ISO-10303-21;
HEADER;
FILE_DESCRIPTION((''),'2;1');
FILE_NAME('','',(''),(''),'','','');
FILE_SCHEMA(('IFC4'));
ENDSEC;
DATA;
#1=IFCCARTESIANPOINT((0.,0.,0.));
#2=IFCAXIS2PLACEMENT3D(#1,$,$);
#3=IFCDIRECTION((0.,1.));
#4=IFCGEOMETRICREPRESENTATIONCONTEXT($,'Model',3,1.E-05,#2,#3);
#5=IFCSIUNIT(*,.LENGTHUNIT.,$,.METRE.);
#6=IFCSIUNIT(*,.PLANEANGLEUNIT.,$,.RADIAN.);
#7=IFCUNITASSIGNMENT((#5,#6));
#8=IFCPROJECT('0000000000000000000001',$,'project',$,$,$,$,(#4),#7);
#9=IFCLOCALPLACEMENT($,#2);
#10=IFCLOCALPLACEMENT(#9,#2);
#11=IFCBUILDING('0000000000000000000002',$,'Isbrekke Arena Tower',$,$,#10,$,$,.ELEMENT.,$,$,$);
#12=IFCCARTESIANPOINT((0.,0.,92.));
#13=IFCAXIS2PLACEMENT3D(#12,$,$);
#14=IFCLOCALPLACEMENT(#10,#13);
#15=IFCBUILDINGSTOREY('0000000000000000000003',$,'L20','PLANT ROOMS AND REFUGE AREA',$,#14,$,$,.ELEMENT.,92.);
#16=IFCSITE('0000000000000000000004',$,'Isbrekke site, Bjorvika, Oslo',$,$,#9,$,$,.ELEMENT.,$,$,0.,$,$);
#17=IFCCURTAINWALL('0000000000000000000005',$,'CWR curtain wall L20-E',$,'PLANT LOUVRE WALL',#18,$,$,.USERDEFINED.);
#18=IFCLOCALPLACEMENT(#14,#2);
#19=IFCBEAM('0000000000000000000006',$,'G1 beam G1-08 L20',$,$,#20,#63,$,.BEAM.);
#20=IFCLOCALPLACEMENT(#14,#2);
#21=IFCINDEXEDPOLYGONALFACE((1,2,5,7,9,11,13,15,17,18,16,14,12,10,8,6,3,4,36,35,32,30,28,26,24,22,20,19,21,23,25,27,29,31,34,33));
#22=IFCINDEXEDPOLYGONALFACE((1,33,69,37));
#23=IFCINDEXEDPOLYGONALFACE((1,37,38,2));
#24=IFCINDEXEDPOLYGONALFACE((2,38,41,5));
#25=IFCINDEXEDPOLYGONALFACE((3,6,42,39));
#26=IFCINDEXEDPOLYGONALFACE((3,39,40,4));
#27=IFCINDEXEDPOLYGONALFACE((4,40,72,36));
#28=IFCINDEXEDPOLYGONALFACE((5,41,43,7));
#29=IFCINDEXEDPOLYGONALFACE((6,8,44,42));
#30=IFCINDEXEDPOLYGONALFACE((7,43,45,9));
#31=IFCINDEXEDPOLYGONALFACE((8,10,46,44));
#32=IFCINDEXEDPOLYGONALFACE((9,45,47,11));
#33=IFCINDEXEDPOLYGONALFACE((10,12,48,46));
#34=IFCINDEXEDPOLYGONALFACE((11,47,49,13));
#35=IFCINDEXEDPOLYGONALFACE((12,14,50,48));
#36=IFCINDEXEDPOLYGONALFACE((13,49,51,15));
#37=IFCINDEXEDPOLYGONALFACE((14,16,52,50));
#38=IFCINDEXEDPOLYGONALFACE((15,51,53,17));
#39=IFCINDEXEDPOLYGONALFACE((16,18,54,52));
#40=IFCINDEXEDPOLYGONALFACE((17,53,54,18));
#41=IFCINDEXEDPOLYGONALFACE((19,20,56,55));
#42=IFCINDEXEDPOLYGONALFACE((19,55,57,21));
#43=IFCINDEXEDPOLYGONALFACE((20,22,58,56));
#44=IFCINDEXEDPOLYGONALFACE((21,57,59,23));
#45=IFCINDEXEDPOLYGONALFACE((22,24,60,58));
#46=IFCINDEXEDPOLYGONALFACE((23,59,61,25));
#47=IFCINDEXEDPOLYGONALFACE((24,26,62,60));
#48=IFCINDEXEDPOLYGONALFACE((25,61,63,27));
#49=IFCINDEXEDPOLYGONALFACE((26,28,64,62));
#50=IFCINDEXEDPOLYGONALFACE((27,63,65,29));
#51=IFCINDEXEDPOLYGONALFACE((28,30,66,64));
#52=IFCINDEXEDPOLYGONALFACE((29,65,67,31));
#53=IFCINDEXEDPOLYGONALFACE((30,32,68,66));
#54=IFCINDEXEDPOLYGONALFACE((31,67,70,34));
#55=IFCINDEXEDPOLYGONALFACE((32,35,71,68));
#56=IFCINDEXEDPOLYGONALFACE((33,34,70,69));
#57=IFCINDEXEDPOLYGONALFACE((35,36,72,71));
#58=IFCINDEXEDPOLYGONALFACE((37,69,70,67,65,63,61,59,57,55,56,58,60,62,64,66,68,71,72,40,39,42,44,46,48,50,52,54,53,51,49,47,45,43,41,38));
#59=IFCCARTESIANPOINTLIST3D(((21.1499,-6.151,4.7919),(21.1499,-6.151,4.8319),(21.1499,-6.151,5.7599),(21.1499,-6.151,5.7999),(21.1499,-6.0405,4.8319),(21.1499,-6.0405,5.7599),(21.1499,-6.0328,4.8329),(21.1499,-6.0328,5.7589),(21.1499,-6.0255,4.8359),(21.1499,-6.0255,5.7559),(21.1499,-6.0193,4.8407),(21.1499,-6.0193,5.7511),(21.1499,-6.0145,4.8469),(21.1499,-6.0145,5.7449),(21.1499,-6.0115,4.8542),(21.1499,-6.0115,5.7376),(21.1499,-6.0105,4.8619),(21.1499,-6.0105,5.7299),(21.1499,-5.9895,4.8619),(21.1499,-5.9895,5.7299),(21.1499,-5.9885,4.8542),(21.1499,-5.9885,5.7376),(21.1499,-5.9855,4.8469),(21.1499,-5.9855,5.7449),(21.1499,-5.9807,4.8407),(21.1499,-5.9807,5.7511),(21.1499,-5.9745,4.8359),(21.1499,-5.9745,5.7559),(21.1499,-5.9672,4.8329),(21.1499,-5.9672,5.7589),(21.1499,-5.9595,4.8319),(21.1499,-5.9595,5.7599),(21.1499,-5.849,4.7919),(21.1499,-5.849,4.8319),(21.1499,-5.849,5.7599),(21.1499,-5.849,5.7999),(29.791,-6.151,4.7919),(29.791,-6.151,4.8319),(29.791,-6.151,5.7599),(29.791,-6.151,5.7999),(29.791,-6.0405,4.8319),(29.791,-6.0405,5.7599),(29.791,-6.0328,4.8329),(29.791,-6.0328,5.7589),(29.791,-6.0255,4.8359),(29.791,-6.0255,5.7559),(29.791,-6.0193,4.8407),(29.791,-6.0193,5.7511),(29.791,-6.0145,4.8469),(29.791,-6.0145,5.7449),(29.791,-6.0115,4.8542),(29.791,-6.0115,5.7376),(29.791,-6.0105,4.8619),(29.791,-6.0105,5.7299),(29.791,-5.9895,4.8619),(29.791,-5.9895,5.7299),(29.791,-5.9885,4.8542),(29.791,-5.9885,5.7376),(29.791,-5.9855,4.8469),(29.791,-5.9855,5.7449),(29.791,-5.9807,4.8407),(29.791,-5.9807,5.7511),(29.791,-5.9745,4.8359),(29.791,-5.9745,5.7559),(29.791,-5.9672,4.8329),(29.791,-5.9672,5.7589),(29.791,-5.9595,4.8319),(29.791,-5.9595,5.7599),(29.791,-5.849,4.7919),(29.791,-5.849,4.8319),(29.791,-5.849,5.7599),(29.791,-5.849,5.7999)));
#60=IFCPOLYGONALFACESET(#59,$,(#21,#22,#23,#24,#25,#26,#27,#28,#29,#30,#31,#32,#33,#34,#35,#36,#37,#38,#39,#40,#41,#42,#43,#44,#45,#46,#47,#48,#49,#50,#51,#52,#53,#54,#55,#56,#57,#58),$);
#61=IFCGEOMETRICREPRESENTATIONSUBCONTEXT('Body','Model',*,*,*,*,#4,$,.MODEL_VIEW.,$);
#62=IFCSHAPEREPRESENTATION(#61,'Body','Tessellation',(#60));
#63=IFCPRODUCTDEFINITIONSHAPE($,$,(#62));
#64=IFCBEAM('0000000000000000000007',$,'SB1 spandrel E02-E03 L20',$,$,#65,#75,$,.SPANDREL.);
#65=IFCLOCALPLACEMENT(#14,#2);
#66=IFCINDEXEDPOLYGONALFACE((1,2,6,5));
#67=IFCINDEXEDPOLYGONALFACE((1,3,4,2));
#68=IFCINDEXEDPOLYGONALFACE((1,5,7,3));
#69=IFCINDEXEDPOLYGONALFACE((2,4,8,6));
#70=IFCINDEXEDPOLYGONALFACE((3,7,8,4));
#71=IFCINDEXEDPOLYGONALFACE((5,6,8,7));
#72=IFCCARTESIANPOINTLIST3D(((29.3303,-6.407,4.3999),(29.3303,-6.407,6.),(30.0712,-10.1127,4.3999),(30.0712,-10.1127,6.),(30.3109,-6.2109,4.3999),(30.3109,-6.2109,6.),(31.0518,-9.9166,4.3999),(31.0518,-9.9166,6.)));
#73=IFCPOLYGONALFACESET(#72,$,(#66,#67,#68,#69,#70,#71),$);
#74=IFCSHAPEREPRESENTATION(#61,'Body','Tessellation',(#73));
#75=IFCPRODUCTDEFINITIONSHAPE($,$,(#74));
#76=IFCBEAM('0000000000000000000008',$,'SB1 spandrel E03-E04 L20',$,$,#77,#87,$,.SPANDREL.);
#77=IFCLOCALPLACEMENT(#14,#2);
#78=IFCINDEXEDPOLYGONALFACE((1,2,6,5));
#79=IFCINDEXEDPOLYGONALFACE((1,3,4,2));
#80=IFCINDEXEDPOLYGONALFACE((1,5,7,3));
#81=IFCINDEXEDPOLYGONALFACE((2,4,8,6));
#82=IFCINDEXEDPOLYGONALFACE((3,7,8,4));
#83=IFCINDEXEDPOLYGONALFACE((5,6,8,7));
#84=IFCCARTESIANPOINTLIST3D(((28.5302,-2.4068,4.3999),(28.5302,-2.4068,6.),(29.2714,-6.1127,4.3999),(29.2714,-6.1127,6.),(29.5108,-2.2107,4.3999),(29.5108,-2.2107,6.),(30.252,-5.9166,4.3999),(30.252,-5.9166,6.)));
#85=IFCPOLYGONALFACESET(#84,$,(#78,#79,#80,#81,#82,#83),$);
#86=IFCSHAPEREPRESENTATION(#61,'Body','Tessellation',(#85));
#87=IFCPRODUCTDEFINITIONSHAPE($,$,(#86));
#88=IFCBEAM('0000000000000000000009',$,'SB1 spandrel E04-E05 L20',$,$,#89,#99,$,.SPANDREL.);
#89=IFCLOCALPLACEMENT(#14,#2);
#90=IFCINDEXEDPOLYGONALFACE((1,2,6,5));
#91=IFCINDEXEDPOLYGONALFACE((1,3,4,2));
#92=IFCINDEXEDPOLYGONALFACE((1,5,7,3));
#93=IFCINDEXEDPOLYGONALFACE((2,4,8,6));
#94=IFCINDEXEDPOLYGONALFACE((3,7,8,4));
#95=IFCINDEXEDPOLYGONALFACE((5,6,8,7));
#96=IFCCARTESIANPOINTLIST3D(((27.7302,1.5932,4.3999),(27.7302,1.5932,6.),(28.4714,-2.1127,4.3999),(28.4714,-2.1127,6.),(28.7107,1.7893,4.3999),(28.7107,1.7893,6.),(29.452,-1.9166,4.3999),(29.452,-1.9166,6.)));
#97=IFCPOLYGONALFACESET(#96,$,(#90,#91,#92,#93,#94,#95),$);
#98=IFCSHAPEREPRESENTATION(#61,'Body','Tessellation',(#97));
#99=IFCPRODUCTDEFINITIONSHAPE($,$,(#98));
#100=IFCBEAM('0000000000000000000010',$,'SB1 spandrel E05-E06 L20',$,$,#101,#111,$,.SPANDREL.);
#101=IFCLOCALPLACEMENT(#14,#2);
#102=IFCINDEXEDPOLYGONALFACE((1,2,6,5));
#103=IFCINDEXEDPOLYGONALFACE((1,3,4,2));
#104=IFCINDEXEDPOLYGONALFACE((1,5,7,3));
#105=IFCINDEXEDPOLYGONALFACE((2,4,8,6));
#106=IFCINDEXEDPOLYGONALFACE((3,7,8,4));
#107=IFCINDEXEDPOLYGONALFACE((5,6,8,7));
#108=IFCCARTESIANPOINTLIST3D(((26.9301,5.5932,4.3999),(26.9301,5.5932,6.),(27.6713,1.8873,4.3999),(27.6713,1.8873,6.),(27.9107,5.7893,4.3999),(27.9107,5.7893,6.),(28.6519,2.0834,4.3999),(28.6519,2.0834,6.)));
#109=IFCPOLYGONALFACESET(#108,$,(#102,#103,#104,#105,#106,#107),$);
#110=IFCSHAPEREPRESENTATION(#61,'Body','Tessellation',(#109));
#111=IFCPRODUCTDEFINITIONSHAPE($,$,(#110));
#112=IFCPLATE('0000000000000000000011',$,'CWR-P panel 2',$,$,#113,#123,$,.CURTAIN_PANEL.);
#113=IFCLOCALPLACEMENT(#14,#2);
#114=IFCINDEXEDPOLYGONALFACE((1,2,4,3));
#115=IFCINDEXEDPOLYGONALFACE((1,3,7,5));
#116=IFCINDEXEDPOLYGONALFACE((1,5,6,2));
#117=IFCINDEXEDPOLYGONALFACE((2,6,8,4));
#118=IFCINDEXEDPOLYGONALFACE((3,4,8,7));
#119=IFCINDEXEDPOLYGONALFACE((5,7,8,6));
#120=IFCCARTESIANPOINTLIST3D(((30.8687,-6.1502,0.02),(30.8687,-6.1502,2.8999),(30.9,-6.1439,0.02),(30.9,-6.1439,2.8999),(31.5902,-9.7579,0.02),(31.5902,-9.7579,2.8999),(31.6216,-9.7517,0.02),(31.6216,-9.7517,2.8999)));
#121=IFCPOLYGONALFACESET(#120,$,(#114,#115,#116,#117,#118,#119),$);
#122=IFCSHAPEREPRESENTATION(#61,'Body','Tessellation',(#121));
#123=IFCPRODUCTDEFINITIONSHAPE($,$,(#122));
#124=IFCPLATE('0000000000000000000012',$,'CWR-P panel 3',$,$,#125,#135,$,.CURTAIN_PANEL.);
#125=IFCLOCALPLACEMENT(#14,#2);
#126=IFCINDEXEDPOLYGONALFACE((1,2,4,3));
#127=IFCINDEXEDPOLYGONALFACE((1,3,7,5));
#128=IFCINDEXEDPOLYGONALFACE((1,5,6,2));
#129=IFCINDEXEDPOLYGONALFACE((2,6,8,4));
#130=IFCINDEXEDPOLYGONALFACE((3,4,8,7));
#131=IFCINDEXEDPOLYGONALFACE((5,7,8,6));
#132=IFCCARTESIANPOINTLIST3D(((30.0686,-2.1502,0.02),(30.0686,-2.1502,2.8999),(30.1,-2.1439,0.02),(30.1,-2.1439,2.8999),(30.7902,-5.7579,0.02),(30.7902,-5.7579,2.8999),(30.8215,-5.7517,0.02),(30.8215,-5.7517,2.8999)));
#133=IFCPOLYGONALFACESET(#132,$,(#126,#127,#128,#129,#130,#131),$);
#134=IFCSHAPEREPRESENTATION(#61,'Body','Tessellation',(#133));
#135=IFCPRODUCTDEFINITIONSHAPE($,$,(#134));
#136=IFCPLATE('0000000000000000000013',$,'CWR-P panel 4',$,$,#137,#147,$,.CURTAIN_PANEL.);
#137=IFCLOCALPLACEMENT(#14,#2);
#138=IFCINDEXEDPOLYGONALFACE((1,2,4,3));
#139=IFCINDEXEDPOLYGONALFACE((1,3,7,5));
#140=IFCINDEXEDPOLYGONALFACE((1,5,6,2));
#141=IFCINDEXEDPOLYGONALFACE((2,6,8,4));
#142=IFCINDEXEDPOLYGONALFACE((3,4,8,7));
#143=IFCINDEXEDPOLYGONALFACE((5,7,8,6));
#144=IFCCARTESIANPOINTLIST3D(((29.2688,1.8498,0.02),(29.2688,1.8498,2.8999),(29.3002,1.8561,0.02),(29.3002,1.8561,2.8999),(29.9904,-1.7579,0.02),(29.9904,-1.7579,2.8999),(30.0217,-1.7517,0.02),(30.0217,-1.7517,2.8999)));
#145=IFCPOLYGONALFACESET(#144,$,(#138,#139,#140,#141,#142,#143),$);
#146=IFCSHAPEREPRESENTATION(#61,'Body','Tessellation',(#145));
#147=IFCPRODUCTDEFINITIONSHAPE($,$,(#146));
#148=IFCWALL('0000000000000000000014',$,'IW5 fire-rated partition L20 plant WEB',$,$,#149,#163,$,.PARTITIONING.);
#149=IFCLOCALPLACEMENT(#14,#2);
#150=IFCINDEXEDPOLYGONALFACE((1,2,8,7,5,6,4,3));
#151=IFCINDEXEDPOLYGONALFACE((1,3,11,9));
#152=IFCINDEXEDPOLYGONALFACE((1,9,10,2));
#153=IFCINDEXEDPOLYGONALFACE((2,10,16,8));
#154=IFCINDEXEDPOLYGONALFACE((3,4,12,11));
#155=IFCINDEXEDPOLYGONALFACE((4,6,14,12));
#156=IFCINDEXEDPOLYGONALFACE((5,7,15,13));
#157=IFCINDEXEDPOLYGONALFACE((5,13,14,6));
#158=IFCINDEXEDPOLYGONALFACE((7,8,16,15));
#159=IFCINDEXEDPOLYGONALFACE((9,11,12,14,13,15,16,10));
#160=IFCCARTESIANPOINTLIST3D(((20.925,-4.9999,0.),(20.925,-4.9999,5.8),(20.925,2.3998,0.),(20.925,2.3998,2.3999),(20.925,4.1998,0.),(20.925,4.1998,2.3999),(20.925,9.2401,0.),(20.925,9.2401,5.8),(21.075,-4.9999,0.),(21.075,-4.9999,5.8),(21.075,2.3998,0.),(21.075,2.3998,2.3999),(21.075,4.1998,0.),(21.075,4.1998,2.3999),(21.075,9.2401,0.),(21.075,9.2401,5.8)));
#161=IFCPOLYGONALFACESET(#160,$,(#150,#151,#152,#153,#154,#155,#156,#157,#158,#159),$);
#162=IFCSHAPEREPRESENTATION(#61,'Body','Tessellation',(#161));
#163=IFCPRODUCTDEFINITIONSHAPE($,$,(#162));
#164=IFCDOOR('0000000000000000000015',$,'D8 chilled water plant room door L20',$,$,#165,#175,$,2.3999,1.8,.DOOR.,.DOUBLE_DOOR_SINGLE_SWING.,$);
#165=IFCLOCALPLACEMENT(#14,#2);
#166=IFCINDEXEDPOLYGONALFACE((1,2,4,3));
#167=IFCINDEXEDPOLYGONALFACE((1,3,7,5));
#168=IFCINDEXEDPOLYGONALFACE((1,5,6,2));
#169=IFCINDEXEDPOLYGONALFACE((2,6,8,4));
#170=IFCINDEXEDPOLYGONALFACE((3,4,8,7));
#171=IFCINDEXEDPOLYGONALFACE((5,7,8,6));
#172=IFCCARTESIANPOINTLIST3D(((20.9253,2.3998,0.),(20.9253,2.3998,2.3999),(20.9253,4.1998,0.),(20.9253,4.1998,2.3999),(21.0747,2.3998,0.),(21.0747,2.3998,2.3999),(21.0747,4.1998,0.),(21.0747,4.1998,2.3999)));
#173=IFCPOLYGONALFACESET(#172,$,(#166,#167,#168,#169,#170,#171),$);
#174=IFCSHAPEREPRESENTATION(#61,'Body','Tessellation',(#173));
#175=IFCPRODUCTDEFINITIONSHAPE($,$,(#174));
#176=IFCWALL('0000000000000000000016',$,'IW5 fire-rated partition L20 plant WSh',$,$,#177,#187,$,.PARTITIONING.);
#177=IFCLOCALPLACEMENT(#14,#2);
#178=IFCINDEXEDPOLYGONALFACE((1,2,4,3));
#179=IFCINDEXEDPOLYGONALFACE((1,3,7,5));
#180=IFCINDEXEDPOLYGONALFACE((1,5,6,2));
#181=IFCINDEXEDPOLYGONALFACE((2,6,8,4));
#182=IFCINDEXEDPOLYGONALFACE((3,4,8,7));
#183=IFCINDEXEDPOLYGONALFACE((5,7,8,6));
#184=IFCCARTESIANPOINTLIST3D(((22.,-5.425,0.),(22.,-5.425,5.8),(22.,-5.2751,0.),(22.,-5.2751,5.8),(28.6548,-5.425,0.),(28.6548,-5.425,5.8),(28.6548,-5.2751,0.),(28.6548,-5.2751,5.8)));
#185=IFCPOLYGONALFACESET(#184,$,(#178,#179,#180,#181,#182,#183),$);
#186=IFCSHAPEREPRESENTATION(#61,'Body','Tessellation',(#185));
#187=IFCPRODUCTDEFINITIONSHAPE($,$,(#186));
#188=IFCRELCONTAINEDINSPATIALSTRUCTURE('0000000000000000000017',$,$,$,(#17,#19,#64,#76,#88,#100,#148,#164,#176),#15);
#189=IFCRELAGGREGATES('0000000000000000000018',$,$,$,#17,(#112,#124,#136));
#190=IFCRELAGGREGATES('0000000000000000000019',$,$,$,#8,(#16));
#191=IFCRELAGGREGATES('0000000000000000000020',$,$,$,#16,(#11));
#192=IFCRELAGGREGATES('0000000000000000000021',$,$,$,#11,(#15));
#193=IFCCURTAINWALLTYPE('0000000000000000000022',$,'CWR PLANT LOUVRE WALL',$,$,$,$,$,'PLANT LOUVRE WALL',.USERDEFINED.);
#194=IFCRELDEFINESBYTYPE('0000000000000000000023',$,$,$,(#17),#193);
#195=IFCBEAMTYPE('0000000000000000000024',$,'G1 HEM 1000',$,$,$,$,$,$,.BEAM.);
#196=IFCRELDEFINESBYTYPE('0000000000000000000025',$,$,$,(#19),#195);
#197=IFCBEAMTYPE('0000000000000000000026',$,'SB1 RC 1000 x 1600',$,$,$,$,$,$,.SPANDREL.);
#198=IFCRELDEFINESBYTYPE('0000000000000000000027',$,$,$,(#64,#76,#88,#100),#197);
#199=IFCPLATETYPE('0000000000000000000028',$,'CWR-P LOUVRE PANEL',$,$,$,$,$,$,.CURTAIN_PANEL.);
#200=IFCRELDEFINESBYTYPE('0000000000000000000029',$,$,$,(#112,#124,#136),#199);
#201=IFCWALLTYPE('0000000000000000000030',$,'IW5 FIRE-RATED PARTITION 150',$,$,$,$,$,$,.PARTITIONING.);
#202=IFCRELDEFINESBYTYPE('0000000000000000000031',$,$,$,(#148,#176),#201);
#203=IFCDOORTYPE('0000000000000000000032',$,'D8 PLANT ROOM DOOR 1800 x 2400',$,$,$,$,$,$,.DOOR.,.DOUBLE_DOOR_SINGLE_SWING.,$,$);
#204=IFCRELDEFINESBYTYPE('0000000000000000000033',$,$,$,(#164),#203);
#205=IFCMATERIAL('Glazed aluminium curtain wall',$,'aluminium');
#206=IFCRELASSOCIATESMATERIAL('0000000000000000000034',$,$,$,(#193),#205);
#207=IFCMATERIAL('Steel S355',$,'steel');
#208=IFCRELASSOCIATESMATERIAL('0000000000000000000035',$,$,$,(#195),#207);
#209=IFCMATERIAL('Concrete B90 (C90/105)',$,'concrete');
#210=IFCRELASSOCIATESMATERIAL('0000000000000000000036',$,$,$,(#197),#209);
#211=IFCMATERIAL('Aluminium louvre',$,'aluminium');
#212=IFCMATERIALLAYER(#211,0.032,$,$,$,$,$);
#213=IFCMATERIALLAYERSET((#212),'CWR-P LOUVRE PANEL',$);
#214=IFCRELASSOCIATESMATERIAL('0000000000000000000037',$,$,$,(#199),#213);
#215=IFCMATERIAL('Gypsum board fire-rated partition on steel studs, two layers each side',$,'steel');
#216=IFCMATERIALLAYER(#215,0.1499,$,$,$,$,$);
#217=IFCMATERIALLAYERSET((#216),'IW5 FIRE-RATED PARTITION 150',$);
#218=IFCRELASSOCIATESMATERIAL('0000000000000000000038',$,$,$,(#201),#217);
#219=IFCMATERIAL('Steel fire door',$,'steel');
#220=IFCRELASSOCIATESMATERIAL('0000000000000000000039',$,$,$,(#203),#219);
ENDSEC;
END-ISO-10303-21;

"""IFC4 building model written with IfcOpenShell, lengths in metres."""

from ifc_helpers import new_model, si_unit, direction, frame, frame_2d, origin, origin_2d, place, context, subcontext, project, spatial, rectangle, i_section, extrude, material, layer, layer_set, material_profile, profile_set, type_object, element, fill, aggregate, save


model = new_model("IFC4")

# Units and contexts
model_context = context("Model", 3, precision=1e-05, world=origin(), true_north=direction((0.0, 1.0)))
body_context = subcontext(model_context, "Body", "Model", "MODEL_VIEW")
ifc_project = project(units=[si_unit("LENGTHUNIT", "METRE"), si_unit("PLANEANGLEUNIT", "RADIAN")], contexts=[model_context])

# Site, building, storey
site_placement = place(None, origin())
site = spatial("IfcSite", under=ifc_project, at=site_placement, Name="Isbrekke site, Bjorvika, Oslo", CompositionType="ELEMENT", RefElevation=0.0)
building_placement = place(site_placement, origin())
building = spatial("IfcBuilding", under=site, at=building_placement, Name="Isbrekke Arena Tower", CompositionType="ELEMENT")
storey_placement = place(building_placement, frame((0.0, 0.0, 92.0)))
storey = spatial("IfcBuildingStorey", under=building, at=storey_placement, Name="L20", Description="PLANT ROOMS AND REFUGE AREA", CompositionType="ELEMENT", Elevation=92.0)

# Curtain wall
ifc_material_1 = material(Name="Glazed aluminium curtain wall", Category="aluminium")
curtain_wall_type = type_object("IfcCurtainWallType", Name="CWR PLANT LOUVRE WALL", ElementType="PLANT LOUVRE WALL", PredefinedType="USERDEFINED", material=ifc_material_1)
curtain_wall_placement = place(storey_placement, origin())
curtain_wall = element("IfcCurtainWall", 1, at=curtain_wall_placement, inside=storey, type_object=curtain_wall_type, Name="CWR curtain wall L20-E", ObjectType="PLANT LOUVRE WALL", PredefinedType="USERDEFINED")

# Beams
ifc_material_2 = material(Name="Steel S355", Category="steel")
ifc_material_profile_1 = material_profile(ifc_material_2, i_section(OverallWidth=0.302, OverallDepth=1.0081, WebThickness=0.021, FlangeThickness=0.04, FilletRadius=0.03, at=origin_2d()), Name="HEM 1000")
ifc_profile_set_1 = profile_set([ifc_material_profile_1], Name="Steel S355")
beam_type_1 = type_object("IfcBeamType", Name="G1 HEM 1000", PredefinedType="BEAM", material=ifc_profile_set_1)
beam_1_placement = place(storey_placement, frame((21.1499, -6.0, 5.2959), z_axis=(1.0, 0.0, 0.0), x_axis=(0.0, 1.0, 0.0)))
element("IfcBeam", 2, at=beam_1_placement, inside=storey, type_object=beam_type_1, Name="G1 beam G1-08 L20", PredefinedType="BEAM", context=body_context, shape_type="SweptSolid", body=[
    extrude(i_section(OverallWidth=0.302, OverallDepth=1.0081, WebThickness=0.021, FlangeThickness=0.04, FilletRadius=0.03, at=origin_2d()), origin(), (0.0, 0.0, 1.0), 8.6411),
])
ifc_material_3 = material(Name="Concrete B90 (C90/105)", Category="concrete")
ifc_material_profile_2 = material_profile(ifc_material_3, rectangle(XDim=1.0, YDim=1.6001, at=origin_2d()), Name="RC 1000x1600")
ifc_profile_set_2 = profile_set([ifc_material_profile_2], Name="Concrete B90 (C90/105)")
beam_type_2 = type_object("IfcBeamType", Name="SB1 RC 1000 x 1600", PredefinedType="SPANDREL", material=ifc_profile_set_2)
beam_2_placement = place(storey_placement, frame((30.5615, -10.0146, 5.2), z_axis=(-0.196066, 0.980591, 0.0), x_axis=(-0.980591, -0.196066, 0.0)))
element("IfcBeam", 3, at=beam_2_placement, inside=storey, type_object=beam_type_2, Name="SB1 spandrel E02-E03 L20", PredefinedType="SPANDREL", context=body_context, shape_type="SweptSolid", body=[
    extrude(rectangle(XDim=1.0, YDim=1.6001, at=origin_2d()), origin(), (0.0, 0.0, 1.0), 3.7791),
])
for number, where, z_axis, x_axis, name in (
    (4, (29.7617, -6.0146, 5.2), (-0.196129, 0.980578, 0.0), (-0.980578, -0.196129, 0.0), "SB1 spandrel E03-E04 L20"),
    (5, (28.9617, -2.0146, 5.2), (-0.196129, 0.980578, 0.0), (-0.980578, -0.196129, 0.0), "SB1 spandrel E04-E05 L20"),
    (6, (28.1616, 1.9854, 5.2), (-0.196129, 0.980578, 0.0), (-0.980578, -0.196129, 0.0), "SB1 spandrel E05-E06 L20"),
):
    element("IfcBeam", number, at=place(storey_placement, frame(where, z_axis=z_axis, x_axis=x_axis)), inside=storey, type_object=beam_type_2, Name=name, PredefinedType="SPANDREL", context=body_context, shape_type="SweptSolid", body=[
        extrude(rectangle(XDim=1.0, YDim=1.6001, at=origin_2d()), origin(), (0.0, 0.0, 1.0), 3.7793),
    ])

# Plates
ifc_material_4 = material(Name="Aluminium louvre", Category="aluminium")
ifc_layer_1 = layer(ifc_material_4, 0.032)
ifc_layer_set_1 = layer_set([ifc_layer_1], Name="CWR-P LOUVRE PANEL")
plate_type = type_object("IfcPlateType", Name="CWR-P LOUVRE PANEL", PredefinedType="CURTAIN_PANEL", material=ifc_layer_set_1)
plate_1_placement = place(storey_placement, frame((31.2451, -7.9509, 0.02), z_axis=(0.0, 0.0, 1.0), x_axis=(-0.196116, 0.980581, 0.0)))
plate_1 = element("IfcPlate", 7, at=plate_1_placement, type_object=plate_type, Name="CWR-P panel 2", PredefinedType="CURTAIN_PANEL", context=body_context, shape_type="SweptSolid", body=[
    extrude(rectangle(XDim=3.6792, YDim=0.032, at=origin_2d()), origin(), (0.0, 0.0, 1.0), 2.8799),
])
plate_2_placement = place(storey_placement, frame((30.4451, -3.9509, 0.02), z_axis=(0.0, 0.0, 1.0), x_axis=(-0.196116, 0.980581, 0.0)))
plate_2 = element("IfcPlate", 8, at=plate_2_placement, type_object=plate_type, Name="CWR-P panel 3", PredefinedType="CURTAIN_PANEL", context=body_context, shape_type="SweptSolid", body=[
    extrude(rectangle(XDim=3.6792, YDim=0.032, at=origin_2d()), origin(), (0.0, 0.0, 1.0), 2.8799),
])
plate_3_placement = place(storey_placement, frame((29.6453, 0.0491, 0.02), z_axis=(0.0, 0.0, 1.0), x_axis=(-0.196116, 0.980581, 0.0)))
plate_3 = element("IfcPlate", 9, at=plate_3_placement, type_object=plate_type, Name="CWR-P panel 4", PredefinedType="CURTAIN_PANEL", context=body_context, shape_type="SweptSolid", body=[
    extrude(rectangle(XDim=3.6792, YDim=0.032, at=origin_2d()), origin(), (0.0, 0.0, 1.0), 2.8799),
])
aggregate(curtain_wall, [plate_1, plate_2, plate_3])

# Wall, opening, door
ifc_material_5 = material(Name="Gypsum board fire-rated partition on steel studs, two layers each side", Category="steel")
ifc_layer_2 = layer(ifc_material_5, 0.1499)
ifc_layer_set_2 = layer_set([ifc_layer_2], Name="IW5 FIRE-RATED PARTITION 150")
wall_type = type_object("IfcWallType", Name="IW5 FIRE-RATED PARTITION 150", PredefinedType="PARTITIONING", material=ifc_layer_set_2)
wall_1_placement = place(storey_placement, frame((21.0, -5.0, 0.0), z_axis=(0.0, 0.0, 1.0), x_axis=(0.0, 1.0, 0.0)))
wall_1 = element("IfcWall", 10, at=wall_1_placement, inside=storey, type_object=wall_type, Name="IW5 fire-rated partition L20 plant WEB", PredefinedType="PARTITIONING", context=body_context, shape_type="SweptSolid", body=[
    extrude(rectangle(XDim=14.24, YDim=0.1499, at=frame_2d((7.1201, 0.0))), origin(), (0.0, 0.0, 1.0), 5.8),
])
opening_placement = place(wall_1_placement, frame((7.3999, 0.0, 0.0)))
opening = element("IfcOpeningElement", 11, at=opening_placement, cuts=wall_1, PredefinedType="OPENING", context=body_context, shape_type="SweptSolid", body=[
    extrude(rectangle(XDim=1.8, YDim=2.3999, at=frame_2d((0.8999, 1.2))), frame((0.0, 0.0898, 0.0), z_axis=(0.0, -1.0, 0.0), x_axis=(1.0, 0.0, 0.0)), (0.0, 0.0, 1.0), 0.1797),
])
ifc_material_6 = material(Name="Steel fire door", Category="steel")
door_type = type_object("IfcDoorType", Name="D8 PLANT ROOM DOOR 1800 x 2400", OperationType="DOUBLE_DOOR_SINGLE_SWING", PredefinedType="DOOR", material=ifc_material_6)
door_placement = place(opening_placement, origin())
door = element("IfcDoor", 12, at=door_placement, inside=storey, type_object=door_type, Name="D8 chilled water plant room door L20", OperationType="DOUBLE_DOOR_SINGLE_SWING", OverallHeight=2.3999, OverallWidth=1.8, PredefinedType="DOOR", context=body_context, shape_type="SweptSolid", body=[
    extrude(rectangle(XDim=1.8, YDim=2.3999, at=frame_2d((0.8999, 1.2))), frame((0.0, 0.0747, 0.0), z_axis=(0.0, -1.0, 0.0), x_axis=(1.0, 0.0, 0.0)), (0.0, 0.0, 1.0), 0.1494),
])
fill(opening, door)

# Wall
wall_2_placement = place(storey_placement, frame((22.0, -5.3501, 0.0), z_axis=(0.0, 0.0, 1.0), x_axis=(1.0, 0.0, 0.0)))
element("IfcWall", 13, at=wall_2_placement, inside=storey, type_object=wall_type, Name="IW5 fire-rated partition L20 plant WSh", PredefinedType="PARTITIONING", context=body_context, shape_type="SweptSolid", body=[
    extrude(rectangle(XDim=6.6548, YDim=0.1499, at=frame_2d((3.3274, 0.0))), origin(), (0.0, 0.0, 1.0), 5.8),
])

save(model, "model.ifc")
